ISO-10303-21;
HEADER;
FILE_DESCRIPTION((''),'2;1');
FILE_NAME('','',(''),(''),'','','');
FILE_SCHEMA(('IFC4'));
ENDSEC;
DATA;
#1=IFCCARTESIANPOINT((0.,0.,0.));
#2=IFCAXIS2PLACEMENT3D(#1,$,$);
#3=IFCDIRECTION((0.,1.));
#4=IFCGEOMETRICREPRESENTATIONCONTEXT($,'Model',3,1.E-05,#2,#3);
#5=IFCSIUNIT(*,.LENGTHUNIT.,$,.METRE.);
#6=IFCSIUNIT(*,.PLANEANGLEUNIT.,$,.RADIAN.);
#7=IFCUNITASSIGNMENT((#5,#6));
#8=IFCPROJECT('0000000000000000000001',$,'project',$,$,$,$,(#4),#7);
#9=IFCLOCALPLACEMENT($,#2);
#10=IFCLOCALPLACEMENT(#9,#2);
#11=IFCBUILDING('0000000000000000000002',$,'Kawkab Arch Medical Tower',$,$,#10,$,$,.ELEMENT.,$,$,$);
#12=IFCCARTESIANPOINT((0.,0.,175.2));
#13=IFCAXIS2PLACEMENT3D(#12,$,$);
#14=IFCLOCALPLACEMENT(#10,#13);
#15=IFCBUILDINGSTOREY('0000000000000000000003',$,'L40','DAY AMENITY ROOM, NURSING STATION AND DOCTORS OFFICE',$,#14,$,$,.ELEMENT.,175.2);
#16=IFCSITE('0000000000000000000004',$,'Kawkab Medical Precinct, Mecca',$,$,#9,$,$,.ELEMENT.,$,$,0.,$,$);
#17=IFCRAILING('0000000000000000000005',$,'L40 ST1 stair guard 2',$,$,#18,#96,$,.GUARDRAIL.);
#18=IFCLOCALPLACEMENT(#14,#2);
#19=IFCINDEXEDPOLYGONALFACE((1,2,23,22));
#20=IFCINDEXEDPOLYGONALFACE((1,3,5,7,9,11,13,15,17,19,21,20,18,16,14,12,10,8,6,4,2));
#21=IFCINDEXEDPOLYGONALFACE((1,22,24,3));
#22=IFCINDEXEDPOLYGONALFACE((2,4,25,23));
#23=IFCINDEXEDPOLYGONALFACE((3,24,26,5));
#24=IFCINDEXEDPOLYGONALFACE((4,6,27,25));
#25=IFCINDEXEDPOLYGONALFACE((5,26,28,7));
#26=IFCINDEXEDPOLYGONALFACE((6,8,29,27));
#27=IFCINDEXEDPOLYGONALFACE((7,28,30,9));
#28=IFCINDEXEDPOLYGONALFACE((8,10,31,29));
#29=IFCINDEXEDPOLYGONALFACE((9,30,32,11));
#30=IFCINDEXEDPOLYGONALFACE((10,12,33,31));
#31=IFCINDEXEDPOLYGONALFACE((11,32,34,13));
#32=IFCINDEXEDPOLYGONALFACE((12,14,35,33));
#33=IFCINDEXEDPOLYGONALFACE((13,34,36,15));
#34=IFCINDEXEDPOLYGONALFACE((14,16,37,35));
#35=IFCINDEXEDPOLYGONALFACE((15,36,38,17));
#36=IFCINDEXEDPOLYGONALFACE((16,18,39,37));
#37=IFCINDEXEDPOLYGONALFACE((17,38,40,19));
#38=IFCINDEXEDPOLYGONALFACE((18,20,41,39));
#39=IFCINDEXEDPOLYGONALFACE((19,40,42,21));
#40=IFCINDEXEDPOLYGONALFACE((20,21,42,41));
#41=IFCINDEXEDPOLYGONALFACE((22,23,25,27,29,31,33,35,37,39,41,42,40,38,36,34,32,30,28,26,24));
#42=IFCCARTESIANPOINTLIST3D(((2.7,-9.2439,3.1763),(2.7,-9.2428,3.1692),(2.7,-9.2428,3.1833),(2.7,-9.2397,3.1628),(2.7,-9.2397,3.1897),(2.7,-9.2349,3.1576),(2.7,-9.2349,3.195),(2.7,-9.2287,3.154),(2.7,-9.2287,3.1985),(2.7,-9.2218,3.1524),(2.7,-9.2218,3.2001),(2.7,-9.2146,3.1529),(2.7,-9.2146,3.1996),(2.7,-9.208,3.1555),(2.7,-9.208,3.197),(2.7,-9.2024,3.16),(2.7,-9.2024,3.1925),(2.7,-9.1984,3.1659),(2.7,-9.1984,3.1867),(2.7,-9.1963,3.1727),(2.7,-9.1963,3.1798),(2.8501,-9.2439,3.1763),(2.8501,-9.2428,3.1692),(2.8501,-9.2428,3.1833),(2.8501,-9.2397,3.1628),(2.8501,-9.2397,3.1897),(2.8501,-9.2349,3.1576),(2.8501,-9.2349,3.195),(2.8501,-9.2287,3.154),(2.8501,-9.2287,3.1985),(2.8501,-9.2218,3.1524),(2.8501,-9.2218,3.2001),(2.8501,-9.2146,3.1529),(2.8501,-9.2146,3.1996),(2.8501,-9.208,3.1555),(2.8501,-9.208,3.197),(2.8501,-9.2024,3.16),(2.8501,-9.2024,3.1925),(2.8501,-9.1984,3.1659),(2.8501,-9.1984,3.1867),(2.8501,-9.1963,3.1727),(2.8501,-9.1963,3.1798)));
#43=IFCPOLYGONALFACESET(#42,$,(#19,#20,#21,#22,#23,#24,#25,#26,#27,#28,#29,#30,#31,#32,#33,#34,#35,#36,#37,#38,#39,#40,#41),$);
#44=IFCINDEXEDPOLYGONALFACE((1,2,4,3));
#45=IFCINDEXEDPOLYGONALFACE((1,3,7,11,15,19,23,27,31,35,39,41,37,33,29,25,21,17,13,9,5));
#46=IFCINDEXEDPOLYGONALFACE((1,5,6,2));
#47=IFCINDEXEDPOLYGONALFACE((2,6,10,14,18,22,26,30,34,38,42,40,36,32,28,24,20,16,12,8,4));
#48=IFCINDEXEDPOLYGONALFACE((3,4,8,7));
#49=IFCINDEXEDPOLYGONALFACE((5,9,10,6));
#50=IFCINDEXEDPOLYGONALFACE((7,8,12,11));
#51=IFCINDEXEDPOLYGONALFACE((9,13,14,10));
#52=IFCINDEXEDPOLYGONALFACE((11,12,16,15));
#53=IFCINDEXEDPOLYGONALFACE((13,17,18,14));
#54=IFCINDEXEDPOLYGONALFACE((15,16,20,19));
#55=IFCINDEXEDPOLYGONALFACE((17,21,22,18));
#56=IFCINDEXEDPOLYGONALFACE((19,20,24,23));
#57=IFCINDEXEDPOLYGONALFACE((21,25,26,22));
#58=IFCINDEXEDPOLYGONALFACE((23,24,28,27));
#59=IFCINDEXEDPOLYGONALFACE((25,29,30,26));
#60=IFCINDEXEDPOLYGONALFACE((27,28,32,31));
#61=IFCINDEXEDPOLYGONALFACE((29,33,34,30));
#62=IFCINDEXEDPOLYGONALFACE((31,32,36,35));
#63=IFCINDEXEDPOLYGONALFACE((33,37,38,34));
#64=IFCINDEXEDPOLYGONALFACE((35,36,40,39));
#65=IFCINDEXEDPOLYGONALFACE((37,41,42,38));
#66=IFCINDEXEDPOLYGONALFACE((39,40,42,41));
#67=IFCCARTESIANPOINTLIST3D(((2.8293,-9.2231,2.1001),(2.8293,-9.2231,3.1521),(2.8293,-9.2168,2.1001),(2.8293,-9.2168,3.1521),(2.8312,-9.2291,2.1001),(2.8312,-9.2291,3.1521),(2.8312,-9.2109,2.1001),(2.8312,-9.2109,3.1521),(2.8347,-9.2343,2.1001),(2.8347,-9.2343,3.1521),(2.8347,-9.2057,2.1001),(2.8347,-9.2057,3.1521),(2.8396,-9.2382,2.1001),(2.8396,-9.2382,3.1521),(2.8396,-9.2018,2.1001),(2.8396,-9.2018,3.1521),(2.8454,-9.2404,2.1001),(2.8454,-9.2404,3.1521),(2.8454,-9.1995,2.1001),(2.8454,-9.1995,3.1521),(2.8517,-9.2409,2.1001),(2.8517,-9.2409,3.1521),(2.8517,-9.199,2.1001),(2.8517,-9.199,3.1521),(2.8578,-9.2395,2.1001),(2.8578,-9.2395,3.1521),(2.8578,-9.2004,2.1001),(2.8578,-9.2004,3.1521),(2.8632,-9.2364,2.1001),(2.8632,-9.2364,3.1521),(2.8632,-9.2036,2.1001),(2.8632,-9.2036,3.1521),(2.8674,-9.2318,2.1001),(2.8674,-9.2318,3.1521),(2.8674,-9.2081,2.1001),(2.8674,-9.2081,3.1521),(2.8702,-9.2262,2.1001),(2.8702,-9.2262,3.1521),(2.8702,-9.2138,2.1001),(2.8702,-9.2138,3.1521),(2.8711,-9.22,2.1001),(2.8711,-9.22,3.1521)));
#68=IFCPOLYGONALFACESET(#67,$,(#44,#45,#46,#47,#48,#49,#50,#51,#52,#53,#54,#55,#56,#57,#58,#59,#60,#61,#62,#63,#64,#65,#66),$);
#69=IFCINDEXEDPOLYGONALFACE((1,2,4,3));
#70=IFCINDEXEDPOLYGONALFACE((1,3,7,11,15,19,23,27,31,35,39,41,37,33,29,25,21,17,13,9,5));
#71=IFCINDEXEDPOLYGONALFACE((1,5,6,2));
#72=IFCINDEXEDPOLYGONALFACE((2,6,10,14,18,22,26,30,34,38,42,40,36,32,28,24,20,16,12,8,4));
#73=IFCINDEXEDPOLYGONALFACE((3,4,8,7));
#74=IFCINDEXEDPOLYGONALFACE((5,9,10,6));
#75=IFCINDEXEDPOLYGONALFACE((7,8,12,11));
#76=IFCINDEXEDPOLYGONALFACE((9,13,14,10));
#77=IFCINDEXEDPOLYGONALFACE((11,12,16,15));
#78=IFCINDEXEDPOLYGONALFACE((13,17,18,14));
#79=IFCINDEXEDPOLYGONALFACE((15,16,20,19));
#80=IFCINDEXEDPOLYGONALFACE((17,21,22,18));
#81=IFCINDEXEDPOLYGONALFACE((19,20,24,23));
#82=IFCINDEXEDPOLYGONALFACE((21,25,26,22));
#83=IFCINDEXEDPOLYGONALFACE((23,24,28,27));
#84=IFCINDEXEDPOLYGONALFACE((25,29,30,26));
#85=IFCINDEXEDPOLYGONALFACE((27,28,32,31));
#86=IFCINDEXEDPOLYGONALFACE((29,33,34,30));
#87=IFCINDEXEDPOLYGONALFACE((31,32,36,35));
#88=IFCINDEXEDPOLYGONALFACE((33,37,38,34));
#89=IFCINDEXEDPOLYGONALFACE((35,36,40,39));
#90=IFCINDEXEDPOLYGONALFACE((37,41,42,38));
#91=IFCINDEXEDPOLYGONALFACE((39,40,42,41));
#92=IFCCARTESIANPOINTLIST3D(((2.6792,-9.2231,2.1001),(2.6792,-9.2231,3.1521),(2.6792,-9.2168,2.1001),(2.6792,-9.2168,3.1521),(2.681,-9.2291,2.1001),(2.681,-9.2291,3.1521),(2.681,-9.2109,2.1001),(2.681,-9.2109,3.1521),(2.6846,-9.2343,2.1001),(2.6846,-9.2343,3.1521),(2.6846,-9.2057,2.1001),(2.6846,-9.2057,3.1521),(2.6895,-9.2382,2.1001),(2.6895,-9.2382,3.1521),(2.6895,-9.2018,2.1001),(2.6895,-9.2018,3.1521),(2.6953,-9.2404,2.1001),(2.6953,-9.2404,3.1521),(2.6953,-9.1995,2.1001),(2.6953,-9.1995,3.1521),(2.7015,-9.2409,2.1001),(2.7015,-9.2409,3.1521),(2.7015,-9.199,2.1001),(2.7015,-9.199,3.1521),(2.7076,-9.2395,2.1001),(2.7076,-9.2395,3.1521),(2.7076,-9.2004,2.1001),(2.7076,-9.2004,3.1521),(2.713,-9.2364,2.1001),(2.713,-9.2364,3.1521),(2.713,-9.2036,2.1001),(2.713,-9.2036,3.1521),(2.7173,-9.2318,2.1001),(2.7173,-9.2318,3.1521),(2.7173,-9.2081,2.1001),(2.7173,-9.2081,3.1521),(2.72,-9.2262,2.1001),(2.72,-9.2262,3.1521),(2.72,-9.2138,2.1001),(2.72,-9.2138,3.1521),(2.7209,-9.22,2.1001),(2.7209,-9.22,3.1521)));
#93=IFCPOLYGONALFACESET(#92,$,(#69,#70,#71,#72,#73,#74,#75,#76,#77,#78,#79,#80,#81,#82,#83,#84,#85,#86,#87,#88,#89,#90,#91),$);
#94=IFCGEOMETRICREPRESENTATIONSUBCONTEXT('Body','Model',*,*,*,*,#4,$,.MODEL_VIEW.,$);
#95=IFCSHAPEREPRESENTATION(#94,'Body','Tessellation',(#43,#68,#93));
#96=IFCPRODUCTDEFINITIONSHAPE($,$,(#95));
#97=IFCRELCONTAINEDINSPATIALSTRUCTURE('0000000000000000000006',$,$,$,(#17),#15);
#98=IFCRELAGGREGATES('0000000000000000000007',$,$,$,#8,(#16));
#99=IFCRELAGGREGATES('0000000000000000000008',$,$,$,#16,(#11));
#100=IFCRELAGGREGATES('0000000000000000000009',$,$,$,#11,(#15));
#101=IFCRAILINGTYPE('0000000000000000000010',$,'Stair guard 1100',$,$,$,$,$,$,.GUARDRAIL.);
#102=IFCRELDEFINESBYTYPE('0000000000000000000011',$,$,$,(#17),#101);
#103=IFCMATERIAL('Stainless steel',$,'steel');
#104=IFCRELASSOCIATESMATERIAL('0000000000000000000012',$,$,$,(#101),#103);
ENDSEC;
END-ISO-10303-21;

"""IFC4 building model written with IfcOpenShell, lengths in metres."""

from ifc_helpers import new_model, si_unit, direction, frame, origin, origin_2d, place, context, subcontext, project, spatial, circle, extrude, material, type_object, element, save


model = new_model("IFC4")

# Units and contexts
model_context = context("Model", 3, precision=1e-05, world=origin(), true_north=direction((0.0, 1.0)))
body_context = subcontext(model_context, "Body", "Model", "MODEL_VIEW")
ifc_project = project(units=[si_unit("LENGTHUNIT", "METRE"), si_unit("PLANEANGLEUNIT", "RADIAN")], contexts=[model_context])

# Site, building, storey
site_placement = place(None, origin())
site = spatial("IfcSite", under=ifc_project, at=site_placement, Name="Kawkab Medical Precinct, Mecca", CompositionType="ELEMENT", RefElevation=0.0)
building_placement = place(site_placement, origin())
building = spatial("IfcBuilding", under=site, at=building_placement, Name="Kawkab Arch Medical Tower", CompositionType="ELEMENT")
storey_placement = place(building_placement, frame((0.0, 0.0, 175.2)))
storey = spatial("IfcBuildingStorey", under=building, at=storey_placement, Name="L40", Description="DAY AMENITY ROOM, NURSING STATION AND DOCTORS OFFICE", CompositionType="ELEMENT", Elevation=175.2)

# Railing
ifc_material_1 = material(Name="Stainless steel", Category="steel")
railing_type_1 = type_object("IfcRailingType", Name="Stair guard 1100", PredefinedType="GUARDRAIL", material=ifc_material_1)
railing_1_placement = place(storey_placement, frame((2.8501, -9.22, 2.1001)))
element("IfcRailing", 1, at=railing_1_placement, inside=storey, type_object=railing_type_1, Name="L40 ST1 stair guard 2", PredefinedType="GUARDRAIL", context=body_context, shape_type="SweptSolid", body=[
    extrude(circle(Radius=0.0239, at=origin_2d()), frame((0.0, 0.0, 1.0762), z_axis=(-1.0, 0.0, 0.0), x_axis=(0.0, -1.0, 0.0)), (0.0, 0.0, 1.0), 0.1501),
    extrude(circle(Radius=0.021, at=origin_2d()), origin(), (0.0, 0.0, 1.0), 1.052),
    extrude(circle(Radius=0.021, at=origin_2d()), frame((-0.1501, 0.0, 0.0)), (0.0, 0.0, 1.0), 1.052),
])

save(model, "model.ifc")
